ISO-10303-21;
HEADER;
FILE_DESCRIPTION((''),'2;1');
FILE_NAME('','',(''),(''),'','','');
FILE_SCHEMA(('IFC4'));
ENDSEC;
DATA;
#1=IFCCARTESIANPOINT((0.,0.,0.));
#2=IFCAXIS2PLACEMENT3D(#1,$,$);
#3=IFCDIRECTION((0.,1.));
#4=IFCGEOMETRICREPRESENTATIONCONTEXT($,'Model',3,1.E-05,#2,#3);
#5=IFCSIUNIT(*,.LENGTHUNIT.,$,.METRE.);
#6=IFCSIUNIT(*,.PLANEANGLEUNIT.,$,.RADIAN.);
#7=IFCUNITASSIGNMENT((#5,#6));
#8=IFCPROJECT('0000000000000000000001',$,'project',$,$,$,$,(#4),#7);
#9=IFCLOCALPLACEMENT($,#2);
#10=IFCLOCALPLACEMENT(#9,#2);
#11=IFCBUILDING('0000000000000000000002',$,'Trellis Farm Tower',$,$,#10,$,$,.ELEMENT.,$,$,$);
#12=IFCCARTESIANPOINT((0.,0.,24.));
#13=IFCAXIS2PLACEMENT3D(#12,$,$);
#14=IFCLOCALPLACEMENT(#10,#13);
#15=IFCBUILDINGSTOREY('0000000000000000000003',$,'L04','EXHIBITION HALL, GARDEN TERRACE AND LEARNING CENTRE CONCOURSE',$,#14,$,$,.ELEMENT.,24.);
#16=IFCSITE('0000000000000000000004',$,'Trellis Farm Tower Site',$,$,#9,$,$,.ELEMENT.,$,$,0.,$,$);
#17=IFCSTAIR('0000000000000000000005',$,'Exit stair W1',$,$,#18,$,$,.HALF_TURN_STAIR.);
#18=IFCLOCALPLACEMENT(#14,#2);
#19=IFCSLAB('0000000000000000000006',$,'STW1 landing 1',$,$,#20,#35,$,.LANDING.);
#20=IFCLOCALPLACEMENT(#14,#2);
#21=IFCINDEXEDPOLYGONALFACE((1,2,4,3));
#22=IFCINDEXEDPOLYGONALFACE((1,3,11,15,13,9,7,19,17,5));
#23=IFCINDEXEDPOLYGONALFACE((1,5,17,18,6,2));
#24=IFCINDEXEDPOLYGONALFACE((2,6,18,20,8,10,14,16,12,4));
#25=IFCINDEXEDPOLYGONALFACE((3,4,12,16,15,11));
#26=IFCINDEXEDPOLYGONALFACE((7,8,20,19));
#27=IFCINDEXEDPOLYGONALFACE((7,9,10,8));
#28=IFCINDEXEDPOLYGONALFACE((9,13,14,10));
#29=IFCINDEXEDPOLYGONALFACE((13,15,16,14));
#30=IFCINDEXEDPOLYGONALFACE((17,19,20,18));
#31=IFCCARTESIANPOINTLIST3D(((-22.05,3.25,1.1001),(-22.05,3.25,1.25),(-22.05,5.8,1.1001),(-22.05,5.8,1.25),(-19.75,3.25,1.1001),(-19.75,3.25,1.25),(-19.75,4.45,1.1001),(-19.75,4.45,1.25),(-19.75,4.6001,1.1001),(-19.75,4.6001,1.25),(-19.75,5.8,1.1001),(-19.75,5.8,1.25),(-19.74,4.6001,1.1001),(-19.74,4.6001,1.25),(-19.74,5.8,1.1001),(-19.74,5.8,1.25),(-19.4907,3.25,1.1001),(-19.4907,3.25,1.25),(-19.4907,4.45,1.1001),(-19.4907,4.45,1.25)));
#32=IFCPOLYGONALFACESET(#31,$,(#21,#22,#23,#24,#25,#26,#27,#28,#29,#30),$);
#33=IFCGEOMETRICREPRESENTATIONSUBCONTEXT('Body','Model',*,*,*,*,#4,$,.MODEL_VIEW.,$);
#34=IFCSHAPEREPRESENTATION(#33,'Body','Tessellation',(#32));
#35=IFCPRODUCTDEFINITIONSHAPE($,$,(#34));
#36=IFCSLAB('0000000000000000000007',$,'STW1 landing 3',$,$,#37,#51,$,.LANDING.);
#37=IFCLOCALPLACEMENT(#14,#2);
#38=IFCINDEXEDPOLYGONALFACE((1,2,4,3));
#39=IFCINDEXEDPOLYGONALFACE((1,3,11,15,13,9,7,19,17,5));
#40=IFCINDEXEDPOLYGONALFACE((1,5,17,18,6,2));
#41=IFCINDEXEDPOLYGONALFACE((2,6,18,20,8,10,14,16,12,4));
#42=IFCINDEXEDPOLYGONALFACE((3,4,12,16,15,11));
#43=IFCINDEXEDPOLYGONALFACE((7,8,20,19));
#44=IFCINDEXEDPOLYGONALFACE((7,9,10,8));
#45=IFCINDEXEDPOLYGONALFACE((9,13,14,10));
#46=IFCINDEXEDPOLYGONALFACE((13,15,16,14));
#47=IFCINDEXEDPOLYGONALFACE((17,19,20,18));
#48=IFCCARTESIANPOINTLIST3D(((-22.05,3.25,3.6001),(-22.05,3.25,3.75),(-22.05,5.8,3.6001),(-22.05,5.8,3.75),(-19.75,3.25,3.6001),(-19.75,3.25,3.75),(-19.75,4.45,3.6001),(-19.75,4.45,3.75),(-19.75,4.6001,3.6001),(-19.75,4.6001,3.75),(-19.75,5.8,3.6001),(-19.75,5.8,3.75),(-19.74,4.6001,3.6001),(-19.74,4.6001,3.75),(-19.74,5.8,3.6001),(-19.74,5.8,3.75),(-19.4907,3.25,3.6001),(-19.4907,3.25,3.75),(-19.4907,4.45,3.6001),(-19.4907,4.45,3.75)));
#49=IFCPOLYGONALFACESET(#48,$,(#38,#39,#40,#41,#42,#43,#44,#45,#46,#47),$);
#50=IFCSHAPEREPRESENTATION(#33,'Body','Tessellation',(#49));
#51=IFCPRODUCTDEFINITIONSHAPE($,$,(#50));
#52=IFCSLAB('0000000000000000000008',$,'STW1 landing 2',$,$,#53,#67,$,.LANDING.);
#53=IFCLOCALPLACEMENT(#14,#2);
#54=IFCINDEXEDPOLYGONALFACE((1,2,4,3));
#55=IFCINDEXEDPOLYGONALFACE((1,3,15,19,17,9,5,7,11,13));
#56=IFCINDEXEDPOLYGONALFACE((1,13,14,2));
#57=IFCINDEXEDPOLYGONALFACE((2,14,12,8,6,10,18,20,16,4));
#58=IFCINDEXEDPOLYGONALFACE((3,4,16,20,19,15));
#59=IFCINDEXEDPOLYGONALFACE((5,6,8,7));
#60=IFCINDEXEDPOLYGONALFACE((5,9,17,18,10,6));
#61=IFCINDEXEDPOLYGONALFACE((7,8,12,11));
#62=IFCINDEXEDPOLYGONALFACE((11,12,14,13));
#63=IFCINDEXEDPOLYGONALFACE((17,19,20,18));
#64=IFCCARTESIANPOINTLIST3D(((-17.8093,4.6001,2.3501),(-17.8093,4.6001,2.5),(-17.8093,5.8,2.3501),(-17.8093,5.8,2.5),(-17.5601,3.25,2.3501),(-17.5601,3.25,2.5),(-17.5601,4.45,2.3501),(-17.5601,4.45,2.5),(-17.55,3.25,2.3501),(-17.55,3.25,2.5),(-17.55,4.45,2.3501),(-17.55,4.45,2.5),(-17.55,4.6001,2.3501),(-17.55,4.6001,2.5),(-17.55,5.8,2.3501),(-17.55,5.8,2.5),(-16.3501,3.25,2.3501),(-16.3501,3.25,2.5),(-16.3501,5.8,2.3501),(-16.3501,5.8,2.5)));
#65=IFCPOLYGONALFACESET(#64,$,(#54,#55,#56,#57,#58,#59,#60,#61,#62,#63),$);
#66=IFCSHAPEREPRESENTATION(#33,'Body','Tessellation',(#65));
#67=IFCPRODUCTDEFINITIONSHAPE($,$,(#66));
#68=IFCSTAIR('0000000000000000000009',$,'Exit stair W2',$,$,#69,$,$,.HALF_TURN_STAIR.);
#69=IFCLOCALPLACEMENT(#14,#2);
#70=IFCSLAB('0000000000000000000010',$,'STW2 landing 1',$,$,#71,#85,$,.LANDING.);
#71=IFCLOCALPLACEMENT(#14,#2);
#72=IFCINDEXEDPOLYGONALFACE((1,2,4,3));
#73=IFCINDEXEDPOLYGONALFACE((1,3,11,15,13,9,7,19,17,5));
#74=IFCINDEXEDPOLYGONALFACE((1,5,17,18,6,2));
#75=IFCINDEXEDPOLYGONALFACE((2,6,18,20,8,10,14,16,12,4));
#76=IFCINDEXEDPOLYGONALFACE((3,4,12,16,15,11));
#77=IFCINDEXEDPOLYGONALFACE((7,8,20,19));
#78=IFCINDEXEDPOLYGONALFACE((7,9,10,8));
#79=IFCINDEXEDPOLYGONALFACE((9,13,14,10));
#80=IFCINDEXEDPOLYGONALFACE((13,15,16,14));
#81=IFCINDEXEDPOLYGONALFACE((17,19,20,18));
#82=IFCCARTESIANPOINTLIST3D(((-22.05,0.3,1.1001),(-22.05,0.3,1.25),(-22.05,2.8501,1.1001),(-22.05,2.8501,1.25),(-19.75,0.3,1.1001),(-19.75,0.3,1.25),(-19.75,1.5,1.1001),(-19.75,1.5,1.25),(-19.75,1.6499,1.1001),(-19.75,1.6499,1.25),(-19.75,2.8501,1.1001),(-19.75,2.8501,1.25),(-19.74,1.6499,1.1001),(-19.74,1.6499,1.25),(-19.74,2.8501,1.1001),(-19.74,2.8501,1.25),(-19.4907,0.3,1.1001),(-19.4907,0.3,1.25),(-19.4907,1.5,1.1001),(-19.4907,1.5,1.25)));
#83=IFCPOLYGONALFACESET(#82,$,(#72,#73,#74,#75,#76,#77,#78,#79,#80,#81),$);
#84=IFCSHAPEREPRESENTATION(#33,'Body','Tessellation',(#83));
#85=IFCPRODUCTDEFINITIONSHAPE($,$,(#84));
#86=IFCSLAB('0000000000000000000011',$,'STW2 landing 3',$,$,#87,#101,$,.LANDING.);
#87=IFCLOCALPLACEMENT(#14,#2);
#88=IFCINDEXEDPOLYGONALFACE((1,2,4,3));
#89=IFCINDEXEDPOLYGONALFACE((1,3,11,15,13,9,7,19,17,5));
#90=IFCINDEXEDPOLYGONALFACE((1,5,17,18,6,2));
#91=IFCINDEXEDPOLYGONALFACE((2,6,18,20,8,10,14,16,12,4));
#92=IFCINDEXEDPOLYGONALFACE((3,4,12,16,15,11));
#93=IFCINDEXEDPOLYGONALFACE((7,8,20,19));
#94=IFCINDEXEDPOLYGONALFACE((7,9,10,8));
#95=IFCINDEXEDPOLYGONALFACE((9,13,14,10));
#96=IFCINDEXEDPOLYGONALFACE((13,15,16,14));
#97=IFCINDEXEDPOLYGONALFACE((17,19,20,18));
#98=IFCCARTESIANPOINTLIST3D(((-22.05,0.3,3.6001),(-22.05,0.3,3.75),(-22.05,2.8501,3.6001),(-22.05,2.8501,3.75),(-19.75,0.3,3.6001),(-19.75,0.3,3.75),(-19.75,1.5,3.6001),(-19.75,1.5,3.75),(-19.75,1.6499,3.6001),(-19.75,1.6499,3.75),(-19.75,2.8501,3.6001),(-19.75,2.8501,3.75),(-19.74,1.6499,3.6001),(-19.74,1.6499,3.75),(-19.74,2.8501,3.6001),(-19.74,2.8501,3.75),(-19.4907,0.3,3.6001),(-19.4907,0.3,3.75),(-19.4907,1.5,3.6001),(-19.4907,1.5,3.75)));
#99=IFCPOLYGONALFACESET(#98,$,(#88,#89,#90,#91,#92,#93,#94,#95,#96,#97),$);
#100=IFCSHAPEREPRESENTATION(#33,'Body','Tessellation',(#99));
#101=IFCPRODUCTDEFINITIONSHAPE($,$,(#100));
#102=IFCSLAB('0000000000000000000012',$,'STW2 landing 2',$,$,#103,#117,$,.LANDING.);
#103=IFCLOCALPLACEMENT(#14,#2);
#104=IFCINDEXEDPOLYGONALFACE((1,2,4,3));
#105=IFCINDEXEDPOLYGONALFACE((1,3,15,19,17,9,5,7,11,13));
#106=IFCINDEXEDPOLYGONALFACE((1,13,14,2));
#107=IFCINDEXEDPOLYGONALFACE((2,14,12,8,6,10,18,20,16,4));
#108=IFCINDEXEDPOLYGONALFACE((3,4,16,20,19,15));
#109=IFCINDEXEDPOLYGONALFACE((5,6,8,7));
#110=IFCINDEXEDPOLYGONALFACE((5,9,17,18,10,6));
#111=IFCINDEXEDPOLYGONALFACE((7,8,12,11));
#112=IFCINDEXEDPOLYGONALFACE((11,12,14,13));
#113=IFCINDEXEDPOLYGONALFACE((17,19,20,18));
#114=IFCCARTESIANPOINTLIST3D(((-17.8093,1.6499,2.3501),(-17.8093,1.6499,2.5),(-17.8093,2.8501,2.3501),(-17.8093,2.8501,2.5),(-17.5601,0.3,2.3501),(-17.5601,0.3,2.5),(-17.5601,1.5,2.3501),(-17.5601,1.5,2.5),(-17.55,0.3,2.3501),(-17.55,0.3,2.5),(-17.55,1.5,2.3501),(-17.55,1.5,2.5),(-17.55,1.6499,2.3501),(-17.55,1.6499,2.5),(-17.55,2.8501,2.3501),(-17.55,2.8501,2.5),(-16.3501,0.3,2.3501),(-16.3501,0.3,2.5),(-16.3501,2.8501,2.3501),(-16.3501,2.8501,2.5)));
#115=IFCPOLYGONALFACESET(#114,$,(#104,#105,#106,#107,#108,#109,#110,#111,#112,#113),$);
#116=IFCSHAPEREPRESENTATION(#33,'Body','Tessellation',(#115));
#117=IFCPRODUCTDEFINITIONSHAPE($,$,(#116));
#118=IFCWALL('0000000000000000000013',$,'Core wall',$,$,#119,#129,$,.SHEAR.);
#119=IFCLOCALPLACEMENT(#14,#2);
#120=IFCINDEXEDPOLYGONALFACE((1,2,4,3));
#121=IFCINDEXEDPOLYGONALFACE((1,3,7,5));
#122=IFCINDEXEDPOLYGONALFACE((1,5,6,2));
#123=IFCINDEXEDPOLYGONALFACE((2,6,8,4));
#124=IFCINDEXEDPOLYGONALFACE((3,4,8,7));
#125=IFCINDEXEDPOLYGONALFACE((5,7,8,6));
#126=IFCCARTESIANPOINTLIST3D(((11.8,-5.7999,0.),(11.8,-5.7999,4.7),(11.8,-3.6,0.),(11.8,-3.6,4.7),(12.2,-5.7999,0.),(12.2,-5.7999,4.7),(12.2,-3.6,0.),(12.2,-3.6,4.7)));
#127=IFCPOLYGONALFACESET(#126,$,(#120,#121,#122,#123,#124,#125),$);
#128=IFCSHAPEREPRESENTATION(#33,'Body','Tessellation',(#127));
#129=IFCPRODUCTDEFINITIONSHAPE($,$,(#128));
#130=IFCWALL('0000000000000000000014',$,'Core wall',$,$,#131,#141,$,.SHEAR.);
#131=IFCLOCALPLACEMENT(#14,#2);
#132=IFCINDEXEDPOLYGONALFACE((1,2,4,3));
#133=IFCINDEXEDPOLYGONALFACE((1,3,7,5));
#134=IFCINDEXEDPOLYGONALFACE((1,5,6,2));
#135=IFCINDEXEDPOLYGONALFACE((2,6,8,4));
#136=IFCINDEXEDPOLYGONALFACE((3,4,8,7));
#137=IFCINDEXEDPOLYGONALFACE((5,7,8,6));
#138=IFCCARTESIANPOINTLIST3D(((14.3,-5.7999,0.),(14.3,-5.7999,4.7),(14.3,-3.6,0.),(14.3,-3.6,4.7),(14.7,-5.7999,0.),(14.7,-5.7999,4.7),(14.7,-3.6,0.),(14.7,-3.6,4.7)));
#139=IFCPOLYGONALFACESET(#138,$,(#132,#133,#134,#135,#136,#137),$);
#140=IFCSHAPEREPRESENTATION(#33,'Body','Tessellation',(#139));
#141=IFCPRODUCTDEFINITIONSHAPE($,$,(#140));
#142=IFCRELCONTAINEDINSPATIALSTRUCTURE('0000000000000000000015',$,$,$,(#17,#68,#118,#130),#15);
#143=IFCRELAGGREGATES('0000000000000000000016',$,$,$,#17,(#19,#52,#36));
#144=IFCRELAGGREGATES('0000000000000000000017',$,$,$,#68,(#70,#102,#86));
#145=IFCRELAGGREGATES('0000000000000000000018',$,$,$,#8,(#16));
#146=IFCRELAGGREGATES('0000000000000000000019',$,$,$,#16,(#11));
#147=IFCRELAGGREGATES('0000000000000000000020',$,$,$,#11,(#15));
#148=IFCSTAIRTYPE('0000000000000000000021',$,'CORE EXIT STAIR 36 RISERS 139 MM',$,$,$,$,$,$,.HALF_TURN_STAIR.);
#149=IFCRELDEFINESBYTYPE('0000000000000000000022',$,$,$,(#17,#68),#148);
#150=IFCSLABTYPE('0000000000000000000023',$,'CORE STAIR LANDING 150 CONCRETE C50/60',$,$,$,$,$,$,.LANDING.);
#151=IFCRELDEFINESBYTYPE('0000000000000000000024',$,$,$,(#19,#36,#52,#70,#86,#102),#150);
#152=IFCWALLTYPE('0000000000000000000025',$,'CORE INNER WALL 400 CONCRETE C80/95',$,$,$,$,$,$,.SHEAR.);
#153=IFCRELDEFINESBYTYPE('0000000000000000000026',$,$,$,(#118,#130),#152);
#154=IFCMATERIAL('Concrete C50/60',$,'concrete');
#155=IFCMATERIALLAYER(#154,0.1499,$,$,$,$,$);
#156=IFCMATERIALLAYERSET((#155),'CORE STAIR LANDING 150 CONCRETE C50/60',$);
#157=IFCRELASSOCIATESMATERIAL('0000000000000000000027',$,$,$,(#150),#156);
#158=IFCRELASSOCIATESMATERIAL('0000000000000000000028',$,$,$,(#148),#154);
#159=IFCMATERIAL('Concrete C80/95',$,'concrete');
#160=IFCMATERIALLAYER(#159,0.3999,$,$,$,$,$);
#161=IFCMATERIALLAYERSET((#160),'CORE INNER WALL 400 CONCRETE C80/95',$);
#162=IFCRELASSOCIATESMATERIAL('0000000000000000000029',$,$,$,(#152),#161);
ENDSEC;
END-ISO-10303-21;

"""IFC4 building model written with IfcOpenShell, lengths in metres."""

from ifc_helpers import new_model, si_unit, direction, frame, frame_2d, origin, place, context, subcontext, project, spatial, polyline, rectangle, outline, extrude, source, transform, mapped, material, layer, layer_set, type_object, element, aggregate, save


model = new_model("IFC4")

# Units and contexts
model_context = context("Model", 3, precision=1e-05, world=origin(), true_north=direction((0.0, 1.0)))
body_context = subcontext(model_context, "Body", "Model", "MODEL_VIEW")
ifc_project = project(units=[si_unit("LENGTHUNIT", "METRE"), si_unit("PLANEANGLEUNIT", "RADIAN")], contexts=[model_context])

# Site, building, storey
site_placement = place(None, origin())
site = spatial("IfcSite", under=ifc_project, at=site_placement, Name="Trellis Farm Tower Site", CompositionType="ELEMENT", RefElevation=0.0)
building_placement = place(site_placement, origin())
building = spatial("IfcBuilding", under=site, at=building_placement, Name="Trellis Farm Tower", CompositionType="ELEMENT")
storey_placement = place(building_placement, frame((0.0, 0.0, 24.0)))
storey = spatial("IfcBuildingStorey", under=building, at=storey_placement, Name="L04", Description="EXHIBITION HALL, GARDEN TERRACE AND LEARNING CENTRE CONCOURSE", CompositionType="ELEMENT", Elevation=24.0)

# Shared definitions
ifc_material_1 = material(Name="Concrete C80/95", Category="concrete")

# Shared definitions
ifc_material_2 = material(Name="Concrete C50/60", Category="concrete")
placement_1 = place(storey_placement, origin())
ifc_layer_1 = layer(ifc_material_2, 0.1499)
ifc_layer_set_1 = layer_set([ifc_layer_1], Name="CORE STAIR LANDING 150 CONCRETE C50/60")
slab_type = type_object("IfcSlabType", Name="CORE STAIR LANDING 150 CONCRETE C50/60", PredefinedType="LANDING", material=ifc_layer_set_1)
placement_2 = place(storey_placement, frame((0.0, 0.0, 2.3501)))

# Stairs, slabs
stair_type_1 = type_object("IfcStairType", Name="CORE EXIT STAIR 36 RISERS 139 MM", PredefinedType="HALF_TURN_STAIR", material=ifc_material_2)
stair_1 = element("IfcStair", 1, at=placement_1, inside=storey, type_object=stair_type_1, Name="Exit stair W1", PredefinedType="HALF_TURN_STAIR")
shared_shape_1 = source(origin(), body_context, "Body", "SweptSolid", [
    extrude(outline(polyline([(-19.4907, 4.45), (-19.4907, 3.25), (-19.75, 3.25), (-22.05, 3.25), (-22.05, 5.8), (-19.75, 5.8), (-19.74, 5.8), (-19.74, 4.6001), (-19.75, 4.6001), (-19.75, 4.45), (-19.4907, 4.45)])), origin(), (0.0, 0.0, 1.0), 0.1499),
])
placement_3 = place(storey_placement, frame((0.0, 0.0, 1.1001)))
slab_1 = element("IfcSlab", 2, at=placement_3, type_object=slab_type, Name="STW1 landing 1", PredefinedType="LANDING", context=body_context, shape_type="MappedRepresentation", body=[
    mapped(shared_shape_1, transform((0.0, 0.0, 0.0))),
])
placement_4 = place(storey_placement, frame((0.0, 0.0, 3.6001)))
slab_2 = element("IfcSlab", 3, at=placement_4, type_object=slab_type, Name="STW1 landing 3", PredefinedType="LANDING", context=body_context, shape_type="MappedRepresentation", body=[
    mapped(shared_shape_1, transform((0.0, 0.0, 0.0))),
])
shared_shape_2 = source(origin(), body_context, "Body", "SweptSolid", [
    extrude(outline(polyline([(-17.5601, 3.25), (-17.5601, 4.45), (-17.55, 4.45), (-17.55, 4.6001), (-17.8093, 4.6001), (-17.8093, 5.8), (-17.55, 5.8), (-16.3501, 5.8), (-16.3501, 3.25), (-17.55, 3.25), (-17.5601, 3.25)])), origin(), (0.0, 0.0, 1.0), 0.1499),
])
slab_3 = element("IfcSlab", 4, at=placement_2, type_object=slab_type, Name="STW1 landing 2", PredefinedType="LANDING", context=body_context, shape_type="MappedRepresentation", body=[
    mapped(shared_shape_2, transform((0.0, 0.0, 0.0))),
])
aggregate(stair_1, [slab_1, slab_3, slab_2])
stair_2 = element("IfcStair", 5, at=placement_1, inside=storey, type_object=stair_type_1, Name="Exit stair W2", PredefinedType="HALF_TURN_STAIR")
shared_shape_3 = source(origin(), body_context, "Body", "SweptSolid", [
    extrude(outline(polyline([(-19.4907, 1.5), (-19.4907, 0.3), (-19.75, 0.3), (-22.05, 0.3), (-22.05, 2.8501), (-19.75, 2.8501), (-19.74, 2.8501), (-19.74, 1.6499), (-19.75, 1.6499), (-19.75, 1.5), (-19.4907, 1.5)])), origin(), (0.0, 0.0, 1.0), 0.1499),
])
slab_4 = element("IfcSlab", 6, at=placement_3, type_object=slab_type, Name="STW2 landing 1", PredefinedType="LANDING", context=body_context, shape_type="MappedRepresentation", body=[
    mapped(shared_shape_3, transform((0.0, 0.0, 0.0))),
])
slab_5 = element("IfcSlab", 7, at=placement_4, type_object=slab_type, Name="STW2 landing 3", PredefinedType="LANDING", context=body_context, shape_type="MappedRepresentation", body=[
    mapped(shared_shape_3, transform((0.0, 0.0, 0.0))),
])
shared_shape_4 = source(origin(), body_context, "Body", "SweptSolid", [
    extrude(outline(polyline([(-17.5601, 0.3), (-17.5601, 1.5), (-17.55, 1.5), (-17.55, 1.6499), (-17.8093, 1.6499), (-17.8093, 2.8501), (-17.55, 2.8501), (-16.3501, 2.8501), (-16.3501, 0.3), (-17.55, 0.3), (-17.5601, 0.3)])), origin(), (0.0, 0.0, 1.0), 0.1499),
])
slab_6 = element("IfcSlab", 8, at=placement_2, type_object=slab_type, Name="STW2 landing 2", PredefinedType="LANDING", context=body_context, shape_type="MappedRepresentation", body=[
    mapped(shared_shape_4, transform((0.0, 0.0, 0.0))),
])
aggregate(stair_2, [slab_4, slab_6, slab_5])

# Walls
ifc_layer_2 = layer(ifc_material_1, 0.3999)
ifc_layer_set_2 = layer_set([ifc_layer_2], Name="CORE INNER WALL 400 CONCRETE C80/95")
wall_type = type_object("IfcWallType", Name="CORE INNER WALL 400 CONCRETE C80/95", PredefinedType="SHEAR", material=ifc_layer_set_2)
shared_shape_5 = source(origin(), body_context, "Body", "SweptSolid", [
    extrude(rectangle(XDim=2.2, YDim=0.3999, at=frame_2d((1.1001, 0.0))), origin(), (0.0, 0.0, 1.0), 4.7),
])
for number, where, z_axis, x_axis, name in (
    (9, (12.0, -5.8, 0.0), (0.0, 0.0, 1.0), (0.0, 1.0, 0.0), "Core wall"),
    (10, (14.5, -5.8, 0.0), (0.0, 0.0, 1.0), (0.0, 1.0, 0.0), "Core wall"),
):
    element("IfcWall", number, at=place(storey_placement, frame(where, z_axis=z_axis, x_axis=x_axis)), inside=storey, type_object=wall_type, Name=name, PredefinedType="SHEAR", context=body_context, shape_type="MappedRepresentation", body=[
        mapped(shared_shape_5, transform((0.0, 0.0, 0.0))),
    ])

save(model, "model.ifc")
